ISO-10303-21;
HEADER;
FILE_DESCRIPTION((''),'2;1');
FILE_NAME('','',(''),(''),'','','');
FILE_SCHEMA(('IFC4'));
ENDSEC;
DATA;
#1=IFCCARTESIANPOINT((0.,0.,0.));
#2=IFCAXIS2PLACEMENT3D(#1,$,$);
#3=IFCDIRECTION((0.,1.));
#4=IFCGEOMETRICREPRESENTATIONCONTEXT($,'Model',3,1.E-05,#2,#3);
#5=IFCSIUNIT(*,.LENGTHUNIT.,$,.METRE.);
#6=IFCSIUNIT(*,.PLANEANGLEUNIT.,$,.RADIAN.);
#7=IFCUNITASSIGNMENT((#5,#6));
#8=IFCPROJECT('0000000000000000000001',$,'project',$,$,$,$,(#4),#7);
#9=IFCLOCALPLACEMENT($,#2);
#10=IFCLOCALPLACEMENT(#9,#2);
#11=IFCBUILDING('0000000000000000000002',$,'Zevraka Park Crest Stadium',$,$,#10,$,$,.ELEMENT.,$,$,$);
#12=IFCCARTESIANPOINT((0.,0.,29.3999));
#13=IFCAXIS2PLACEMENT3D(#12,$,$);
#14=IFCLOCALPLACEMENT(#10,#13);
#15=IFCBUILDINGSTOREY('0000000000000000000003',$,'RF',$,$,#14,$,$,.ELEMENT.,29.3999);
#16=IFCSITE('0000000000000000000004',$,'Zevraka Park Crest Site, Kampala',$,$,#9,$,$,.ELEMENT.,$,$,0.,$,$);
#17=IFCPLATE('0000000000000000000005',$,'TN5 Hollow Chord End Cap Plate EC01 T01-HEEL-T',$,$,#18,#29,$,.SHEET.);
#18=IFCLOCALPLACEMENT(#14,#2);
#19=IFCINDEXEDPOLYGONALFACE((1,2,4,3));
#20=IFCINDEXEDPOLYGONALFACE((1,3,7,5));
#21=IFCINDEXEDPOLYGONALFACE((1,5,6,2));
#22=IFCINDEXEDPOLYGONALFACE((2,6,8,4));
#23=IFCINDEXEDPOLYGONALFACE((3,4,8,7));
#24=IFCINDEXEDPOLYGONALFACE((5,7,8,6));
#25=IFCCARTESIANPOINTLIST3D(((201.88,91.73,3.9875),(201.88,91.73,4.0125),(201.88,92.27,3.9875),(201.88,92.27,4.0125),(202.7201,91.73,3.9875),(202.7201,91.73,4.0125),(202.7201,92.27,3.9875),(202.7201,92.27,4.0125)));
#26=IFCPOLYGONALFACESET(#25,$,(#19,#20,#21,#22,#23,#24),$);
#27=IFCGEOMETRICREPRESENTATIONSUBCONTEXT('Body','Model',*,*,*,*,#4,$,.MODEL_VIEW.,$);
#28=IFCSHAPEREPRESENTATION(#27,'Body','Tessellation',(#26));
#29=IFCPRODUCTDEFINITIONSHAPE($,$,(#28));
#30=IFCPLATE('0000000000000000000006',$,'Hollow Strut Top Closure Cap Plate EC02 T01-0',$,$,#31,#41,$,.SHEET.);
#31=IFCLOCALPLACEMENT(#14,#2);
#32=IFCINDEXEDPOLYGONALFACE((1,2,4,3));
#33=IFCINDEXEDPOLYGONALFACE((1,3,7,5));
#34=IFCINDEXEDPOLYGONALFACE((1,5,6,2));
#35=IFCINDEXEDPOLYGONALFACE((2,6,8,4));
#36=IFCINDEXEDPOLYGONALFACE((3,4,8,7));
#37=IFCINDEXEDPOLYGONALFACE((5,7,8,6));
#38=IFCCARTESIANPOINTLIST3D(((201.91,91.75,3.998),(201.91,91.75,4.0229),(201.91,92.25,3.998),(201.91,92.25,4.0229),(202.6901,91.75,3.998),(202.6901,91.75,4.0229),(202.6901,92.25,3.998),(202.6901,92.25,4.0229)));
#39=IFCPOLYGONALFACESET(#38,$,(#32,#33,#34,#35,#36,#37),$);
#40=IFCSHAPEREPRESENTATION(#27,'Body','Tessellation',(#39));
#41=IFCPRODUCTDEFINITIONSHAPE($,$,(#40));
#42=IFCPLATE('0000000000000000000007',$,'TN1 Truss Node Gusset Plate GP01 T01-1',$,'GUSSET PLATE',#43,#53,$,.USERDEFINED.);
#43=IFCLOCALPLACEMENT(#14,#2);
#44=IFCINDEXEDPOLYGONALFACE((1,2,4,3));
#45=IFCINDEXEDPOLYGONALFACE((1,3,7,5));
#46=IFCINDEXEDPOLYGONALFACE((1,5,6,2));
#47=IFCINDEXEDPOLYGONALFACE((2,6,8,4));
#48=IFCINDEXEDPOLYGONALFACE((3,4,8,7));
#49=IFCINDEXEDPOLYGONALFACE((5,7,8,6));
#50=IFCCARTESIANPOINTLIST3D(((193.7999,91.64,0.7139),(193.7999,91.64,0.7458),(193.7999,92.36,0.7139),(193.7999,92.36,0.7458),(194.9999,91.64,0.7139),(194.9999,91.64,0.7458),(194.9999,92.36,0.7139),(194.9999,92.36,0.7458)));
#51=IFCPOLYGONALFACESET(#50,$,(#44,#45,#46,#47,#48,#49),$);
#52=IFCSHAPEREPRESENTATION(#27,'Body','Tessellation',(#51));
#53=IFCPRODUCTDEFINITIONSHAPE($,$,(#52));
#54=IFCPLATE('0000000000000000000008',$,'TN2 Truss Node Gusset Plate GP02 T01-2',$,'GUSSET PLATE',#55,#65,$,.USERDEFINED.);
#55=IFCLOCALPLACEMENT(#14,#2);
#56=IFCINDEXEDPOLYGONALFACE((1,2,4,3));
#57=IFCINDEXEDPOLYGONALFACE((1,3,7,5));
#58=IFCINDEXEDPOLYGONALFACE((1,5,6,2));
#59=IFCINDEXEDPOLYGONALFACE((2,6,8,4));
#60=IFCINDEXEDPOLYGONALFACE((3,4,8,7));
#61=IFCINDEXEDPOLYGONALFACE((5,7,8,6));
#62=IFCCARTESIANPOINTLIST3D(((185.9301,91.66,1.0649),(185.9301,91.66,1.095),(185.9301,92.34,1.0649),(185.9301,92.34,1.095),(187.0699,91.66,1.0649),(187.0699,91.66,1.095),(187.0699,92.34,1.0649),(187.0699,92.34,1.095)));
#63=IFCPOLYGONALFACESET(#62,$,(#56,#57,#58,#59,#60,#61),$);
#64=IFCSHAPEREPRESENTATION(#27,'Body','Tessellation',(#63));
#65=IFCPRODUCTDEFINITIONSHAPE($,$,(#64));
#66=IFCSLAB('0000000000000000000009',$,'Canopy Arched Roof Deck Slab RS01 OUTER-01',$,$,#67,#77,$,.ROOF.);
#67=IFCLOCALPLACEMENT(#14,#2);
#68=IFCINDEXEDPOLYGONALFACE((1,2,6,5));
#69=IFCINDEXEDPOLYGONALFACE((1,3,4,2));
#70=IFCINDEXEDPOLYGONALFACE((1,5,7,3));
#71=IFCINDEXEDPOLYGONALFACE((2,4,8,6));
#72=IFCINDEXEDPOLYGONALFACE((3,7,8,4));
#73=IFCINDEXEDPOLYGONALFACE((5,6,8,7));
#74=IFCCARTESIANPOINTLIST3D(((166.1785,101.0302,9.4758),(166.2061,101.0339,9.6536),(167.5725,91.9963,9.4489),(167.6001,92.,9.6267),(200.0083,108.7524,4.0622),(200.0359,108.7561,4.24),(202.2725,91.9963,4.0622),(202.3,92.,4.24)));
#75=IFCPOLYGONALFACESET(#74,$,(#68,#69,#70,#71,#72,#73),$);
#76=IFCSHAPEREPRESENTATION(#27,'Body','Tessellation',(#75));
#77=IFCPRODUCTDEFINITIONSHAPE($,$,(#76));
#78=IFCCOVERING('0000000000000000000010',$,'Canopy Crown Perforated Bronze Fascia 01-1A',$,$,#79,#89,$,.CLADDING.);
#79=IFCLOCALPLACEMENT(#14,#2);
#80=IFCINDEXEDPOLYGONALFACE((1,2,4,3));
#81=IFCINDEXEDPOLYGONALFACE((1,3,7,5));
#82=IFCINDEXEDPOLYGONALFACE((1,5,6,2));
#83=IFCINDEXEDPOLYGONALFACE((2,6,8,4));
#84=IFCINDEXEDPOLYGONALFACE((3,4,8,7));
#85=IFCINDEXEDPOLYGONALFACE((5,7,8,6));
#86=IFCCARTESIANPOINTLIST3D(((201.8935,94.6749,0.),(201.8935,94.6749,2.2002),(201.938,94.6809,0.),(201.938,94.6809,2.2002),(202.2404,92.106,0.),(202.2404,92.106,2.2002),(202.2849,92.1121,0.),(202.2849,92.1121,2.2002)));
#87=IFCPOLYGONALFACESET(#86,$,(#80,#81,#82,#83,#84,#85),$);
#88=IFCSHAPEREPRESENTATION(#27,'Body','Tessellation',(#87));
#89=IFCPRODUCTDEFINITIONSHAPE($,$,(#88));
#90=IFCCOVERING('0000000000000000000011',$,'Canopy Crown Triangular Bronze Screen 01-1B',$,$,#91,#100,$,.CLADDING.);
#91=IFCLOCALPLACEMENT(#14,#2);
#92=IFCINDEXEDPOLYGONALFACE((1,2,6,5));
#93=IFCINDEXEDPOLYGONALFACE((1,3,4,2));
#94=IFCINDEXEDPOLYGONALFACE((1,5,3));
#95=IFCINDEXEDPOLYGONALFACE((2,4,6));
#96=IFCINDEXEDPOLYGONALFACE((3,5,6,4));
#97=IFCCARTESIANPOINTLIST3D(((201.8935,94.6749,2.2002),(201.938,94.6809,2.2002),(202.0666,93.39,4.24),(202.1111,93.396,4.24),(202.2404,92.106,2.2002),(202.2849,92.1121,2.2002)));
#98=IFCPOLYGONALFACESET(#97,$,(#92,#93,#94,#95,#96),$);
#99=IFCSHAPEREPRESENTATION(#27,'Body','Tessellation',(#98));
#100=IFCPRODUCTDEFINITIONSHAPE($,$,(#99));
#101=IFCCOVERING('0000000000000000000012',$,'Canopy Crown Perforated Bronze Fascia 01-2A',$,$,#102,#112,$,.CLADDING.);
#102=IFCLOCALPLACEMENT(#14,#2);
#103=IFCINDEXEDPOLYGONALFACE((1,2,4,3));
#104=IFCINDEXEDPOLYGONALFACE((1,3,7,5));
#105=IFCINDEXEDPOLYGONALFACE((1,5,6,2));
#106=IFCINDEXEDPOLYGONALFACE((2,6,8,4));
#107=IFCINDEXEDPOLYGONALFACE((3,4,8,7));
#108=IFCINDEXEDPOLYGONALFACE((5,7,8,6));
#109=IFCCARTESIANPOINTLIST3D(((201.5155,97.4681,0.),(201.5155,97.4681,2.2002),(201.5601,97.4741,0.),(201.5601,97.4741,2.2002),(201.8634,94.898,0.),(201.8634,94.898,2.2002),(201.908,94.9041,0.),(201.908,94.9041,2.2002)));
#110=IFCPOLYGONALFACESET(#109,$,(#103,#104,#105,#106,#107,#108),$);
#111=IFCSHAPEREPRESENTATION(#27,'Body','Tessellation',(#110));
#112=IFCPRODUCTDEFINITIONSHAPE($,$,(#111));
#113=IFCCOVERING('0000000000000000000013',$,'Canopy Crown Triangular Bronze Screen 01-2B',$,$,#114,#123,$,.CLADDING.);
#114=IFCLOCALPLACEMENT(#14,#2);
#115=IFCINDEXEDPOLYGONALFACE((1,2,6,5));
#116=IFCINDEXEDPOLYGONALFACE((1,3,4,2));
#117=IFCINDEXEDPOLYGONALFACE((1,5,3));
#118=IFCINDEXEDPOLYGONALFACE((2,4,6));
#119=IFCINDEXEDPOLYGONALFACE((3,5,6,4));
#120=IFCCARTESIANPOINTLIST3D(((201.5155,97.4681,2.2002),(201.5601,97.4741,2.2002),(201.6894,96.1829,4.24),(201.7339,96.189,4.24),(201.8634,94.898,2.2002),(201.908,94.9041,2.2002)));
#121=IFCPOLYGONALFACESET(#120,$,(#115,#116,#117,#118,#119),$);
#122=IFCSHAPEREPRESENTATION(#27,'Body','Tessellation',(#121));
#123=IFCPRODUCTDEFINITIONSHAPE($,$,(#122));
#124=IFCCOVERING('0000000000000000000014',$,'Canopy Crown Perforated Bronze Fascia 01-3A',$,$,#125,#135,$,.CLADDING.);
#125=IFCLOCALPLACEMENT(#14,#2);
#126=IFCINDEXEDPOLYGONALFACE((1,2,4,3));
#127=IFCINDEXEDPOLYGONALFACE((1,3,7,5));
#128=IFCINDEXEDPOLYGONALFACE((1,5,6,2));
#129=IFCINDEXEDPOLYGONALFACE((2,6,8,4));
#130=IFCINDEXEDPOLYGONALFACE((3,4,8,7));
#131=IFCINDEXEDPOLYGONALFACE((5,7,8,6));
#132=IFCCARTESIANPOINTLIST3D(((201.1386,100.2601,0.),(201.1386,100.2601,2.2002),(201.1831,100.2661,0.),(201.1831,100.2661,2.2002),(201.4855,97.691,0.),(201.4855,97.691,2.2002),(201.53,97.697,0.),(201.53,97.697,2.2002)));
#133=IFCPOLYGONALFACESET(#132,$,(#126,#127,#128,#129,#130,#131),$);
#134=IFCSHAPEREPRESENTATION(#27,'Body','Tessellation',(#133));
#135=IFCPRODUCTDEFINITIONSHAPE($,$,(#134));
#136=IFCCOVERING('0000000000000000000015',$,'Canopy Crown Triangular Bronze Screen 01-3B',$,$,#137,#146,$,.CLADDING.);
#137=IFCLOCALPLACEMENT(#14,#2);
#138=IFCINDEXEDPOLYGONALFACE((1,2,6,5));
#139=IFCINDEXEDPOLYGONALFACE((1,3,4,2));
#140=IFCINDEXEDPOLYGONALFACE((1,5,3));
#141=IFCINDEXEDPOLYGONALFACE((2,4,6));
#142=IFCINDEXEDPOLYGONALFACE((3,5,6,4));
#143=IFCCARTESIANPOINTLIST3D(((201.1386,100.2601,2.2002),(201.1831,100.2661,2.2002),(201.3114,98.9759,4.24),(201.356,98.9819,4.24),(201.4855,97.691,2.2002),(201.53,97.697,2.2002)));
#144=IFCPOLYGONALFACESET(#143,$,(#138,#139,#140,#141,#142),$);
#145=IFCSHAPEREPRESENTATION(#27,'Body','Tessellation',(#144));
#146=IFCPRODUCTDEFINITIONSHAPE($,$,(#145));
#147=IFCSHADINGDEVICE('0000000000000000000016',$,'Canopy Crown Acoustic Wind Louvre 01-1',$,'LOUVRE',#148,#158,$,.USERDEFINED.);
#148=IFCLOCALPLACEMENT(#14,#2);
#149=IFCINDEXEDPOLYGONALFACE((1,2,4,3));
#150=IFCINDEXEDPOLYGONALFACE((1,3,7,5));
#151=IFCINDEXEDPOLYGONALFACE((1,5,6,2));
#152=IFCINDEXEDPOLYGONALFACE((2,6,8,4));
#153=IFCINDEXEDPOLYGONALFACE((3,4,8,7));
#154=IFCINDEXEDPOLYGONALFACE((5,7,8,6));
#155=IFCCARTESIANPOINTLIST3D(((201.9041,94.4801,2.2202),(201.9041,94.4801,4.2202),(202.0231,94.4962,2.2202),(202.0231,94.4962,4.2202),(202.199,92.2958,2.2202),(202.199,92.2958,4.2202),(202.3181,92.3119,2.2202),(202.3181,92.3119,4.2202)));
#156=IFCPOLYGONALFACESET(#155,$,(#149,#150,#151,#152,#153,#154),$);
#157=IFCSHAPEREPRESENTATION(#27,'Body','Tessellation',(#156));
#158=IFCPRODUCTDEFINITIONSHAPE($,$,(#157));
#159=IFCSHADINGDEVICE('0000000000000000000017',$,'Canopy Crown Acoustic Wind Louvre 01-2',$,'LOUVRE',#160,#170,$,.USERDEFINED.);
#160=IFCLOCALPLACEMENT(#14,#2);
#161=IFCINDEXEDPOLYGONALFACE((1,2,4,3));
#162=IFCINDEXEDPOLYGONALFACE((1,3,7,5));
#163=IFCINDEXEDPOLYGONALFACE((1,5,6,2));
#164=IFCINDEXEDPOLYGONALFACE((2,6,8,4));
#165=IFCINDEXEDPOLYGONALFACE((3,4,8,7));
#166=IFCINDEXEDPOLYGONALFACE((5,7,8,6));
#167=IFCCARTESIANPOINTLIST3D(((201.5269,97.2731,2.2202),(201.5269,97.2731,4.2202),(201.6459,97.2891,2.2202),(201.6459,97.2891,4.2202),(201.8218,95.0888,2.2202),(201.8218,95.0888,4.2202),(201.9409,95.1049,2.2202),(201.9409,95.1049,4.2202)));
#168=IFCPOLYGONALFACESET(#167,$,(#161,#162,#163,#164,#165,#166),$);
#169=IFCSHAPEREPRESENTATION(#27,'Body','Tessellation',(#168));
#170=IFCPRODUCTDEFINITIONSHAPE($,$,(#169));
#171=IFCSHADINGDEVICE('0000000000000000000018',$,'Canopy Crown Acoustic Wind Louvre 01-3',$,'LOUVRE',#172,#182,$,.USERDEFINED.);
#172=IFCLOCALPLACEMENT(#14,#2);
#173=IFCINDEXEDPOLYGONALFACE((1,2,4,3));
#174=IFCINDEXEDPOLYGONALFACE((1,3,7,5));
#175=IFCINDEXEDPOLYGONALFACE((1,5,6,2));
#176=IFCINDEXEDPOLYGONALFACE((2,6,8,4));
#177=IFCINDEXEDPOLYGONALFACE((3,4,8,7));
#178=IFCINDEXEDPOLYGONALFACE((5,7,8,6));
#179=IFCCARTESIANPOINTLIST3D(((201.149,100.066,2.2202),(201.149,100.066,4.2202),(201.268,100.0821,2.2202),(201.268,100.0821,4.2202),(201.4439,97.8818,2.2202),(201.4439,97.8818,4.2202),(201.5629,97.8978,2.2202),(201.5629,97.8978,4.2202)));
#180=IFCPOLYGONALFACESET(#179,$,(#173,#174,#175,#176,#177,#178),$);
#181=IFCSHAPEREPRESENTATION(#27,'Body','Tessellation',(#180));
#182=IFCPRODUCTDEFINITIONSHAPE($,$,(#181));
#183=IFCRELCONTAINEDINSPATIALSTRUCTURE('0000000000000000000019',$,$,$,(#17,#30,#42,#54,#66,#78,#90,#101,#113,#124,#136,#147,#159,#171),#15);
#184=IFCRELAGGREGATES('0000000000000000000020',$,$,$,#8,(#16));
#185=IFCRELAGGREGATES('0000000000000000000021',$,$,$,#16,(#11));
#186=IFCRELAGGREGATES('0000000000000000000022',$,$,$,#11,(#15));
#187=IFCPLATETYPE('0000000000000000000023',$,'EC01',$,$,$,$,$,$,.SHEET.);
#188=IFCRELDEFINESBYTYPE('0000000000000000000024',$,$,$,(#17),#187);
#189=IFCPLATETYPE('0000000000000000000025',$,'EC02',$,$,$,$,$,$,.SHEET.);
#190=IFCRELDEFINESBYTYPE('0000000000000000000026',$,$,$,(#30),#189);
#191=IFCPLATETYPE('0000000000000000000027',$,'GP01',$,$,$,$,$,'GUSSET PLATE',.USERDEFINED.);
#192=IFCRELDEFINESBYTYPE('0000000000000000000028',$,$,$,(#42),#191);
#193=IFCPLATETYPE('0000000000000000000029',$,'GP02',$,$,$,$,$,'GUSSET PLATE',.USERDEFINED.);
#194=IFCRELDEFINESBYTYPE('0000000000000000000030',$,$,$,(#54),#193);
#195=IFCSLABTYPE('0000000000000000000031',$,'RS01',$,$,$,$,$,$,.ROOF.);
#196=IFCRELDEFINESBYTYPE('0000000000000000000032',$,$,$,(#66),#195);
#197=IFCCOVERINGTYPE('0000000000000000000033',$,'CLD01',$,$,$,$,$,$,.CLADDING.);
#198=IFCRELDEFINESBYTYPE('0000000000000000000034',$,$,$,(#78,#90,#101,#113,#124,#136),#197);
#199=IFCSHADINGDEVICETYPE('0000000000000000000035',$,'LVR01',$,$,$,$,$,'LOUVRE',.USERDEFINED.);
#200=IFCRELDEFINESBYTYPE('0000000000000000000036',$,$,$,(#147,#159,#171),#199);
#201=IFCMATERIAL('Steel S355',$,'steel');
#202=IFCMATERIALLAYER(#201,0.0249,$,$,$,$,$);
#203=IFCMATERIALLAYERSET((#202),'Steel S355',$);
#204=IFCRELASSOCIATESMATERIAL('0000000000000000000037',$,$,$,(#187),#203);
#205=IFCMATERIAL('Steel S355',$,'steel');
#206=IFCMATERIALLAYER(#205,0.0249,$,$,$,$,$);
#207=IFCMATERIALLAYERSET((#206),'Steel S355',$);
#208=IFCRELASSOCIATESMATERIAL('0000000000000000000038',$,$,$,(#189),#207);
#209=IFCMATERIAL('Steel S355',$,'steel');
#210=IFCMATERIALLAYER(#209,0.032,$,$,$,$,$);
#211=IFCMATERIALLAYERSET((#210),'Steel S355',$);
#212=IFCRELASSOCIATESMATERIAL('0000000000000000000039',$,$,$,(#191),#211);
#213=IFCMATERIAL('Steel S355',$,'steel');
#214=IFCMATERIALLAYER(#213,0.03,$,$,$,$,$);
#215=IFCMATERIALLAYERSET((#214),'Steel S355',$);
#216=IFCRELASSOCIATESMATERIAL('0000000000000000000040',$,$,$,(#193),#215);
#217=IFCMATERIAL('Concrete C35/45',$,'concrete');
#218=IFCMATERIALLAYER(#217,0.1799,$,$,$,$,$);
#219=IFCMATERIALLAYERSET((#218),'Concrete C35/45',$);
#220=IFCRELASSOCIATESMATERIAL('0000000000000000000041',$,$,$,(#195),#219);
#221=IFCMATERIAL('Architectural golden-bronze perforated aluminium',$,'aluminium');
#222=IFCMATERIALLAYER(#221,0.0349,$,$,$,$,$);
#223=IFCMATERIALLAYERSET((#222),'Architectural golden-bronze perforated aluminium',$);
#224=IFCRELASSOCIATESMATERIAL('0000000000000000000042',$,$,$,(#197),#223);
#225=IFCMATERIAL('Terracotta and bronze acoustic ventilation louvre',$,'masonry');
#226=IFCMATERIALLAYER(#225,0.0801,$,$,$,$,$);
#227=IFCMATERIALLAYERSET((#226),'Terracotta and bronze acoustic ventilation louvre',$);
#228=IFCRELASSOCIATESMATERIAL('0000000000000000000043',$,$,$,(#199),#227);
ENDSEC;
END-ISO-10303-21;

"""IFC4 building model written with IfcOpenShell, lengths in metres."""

from ifc_helpers import new_model, si_unit, direction, frame, origin, origin_2d, place, context, subcontext, project, spatial, polyline, rectangle, outline, extrude, material, layer, layer_set, type_object, element, save


model = new_model("IFC4")

# Units and contexts
model_context = context("Model", 3, precision=1e-05, world=origin(), true_north=direction((0.0, 1.0)))
body_context = subcontext(model_context, "Body", "Model", "MODEL_VIEW")
ifc_project = project(units=[si_unit("LENGTHUNIT", "METRE"), si_unit("PLANEANGLEUNIT", "RADIAN")], contexts=[model_context])

# Site, building, storey
site_placement = place(None, origin())
site = spatial("IfcSite", under=ifc_project, at=site_placement, Name="Zevraka Park Crest Site, Kampala", CompositionType="ELEMENT", RefElevation=0.0)
building_placement = place(site_placement, origin())
building = spatial("IfcBuilding", under=site, at=building_placement, Name="Zevraka Park Crest Stadium", CompositionType="ELEMENT")
storey_placement = place(building_placement, frame((0.0, 0.0, 29.3999)))
storey = spatial("IfcBuildingStorey", under=building, at=storey_placement, Name="RF", CompositionType="ELEMENT", Elevation=29.3999)

# Plates
ifc_material_1 = material(Name="Steel S355", Category="steel")
ifc_layer_1 = layer(ifc_material_1, 0.0249)
ifc_layer_set_1 = layer_set([ifc_layer_1], Name="Steel S355")
plate_type_1 = type_object("IfcPlateType", Name="EC01", PredefinedType="SHEET", material=ifc_layer_set_1)
for number, where, z_axis, x_axis, name in (
    (1, (202.3, 92.0, 3.9875), (0.0, 0.0, 1.0), (1.0, 0.0, 0.0), "TN5 Hollow Chord End Cap Plate EC01 T01-HEEL-T"),
):
    element("IfcPlate", number, at=place(storey_placement, frame(where, z_axis=z_axis, x_axis=x_axis)), inside=storey, type_object=plate_type_1, Name=name, PredefinedType="SHEET", context=body_context, shape_type="SweptSolid", body=[
        extrude(rectangle(XDim=0.8401, YDim=0.54, at=origin_2d()), origin(), (0.0, 0.0, 1.0), 0.0249),
    ])
ifc_material_2 = material(Name="Steel S355", Category="steel")
ifc_layer_2 = layer(ifc_material_2, 0.0249)
ifc_layer_set_2 = layer_set([ifc_layer_2], Name="Steel S355")
plate_type_2 = type_object("IfcPlateType", Name="EC02", PredefinedType="SHEET", material=ifc_layer_set_2)
plate_1_placement = place(storey_placement, frame((202.3, 92.0, 3.998), z_axis=(0.0, 0.0, 1.0), x_axis=(1.0, 0.0, 0.0)))
element("IfcPlate", 2, at=plate_1_placement, inside=storey, type_object=plate_type_2, Name="Hollow Strut Top Closure Cap Plate EC02 T01-0", PredefinedType="SHEET", context=body_context, shape_type="SweptSolid", body=[
    extrude(rectangle(XDim=0.78, YDim=0.5, at=origin_2d()), origin(), (0.0, 0.0, 1.0), 0.0249),
])
ifc_material_3 = material(Name="Steel S355", Category="steel")
ifc_layer_3 = layer(ifc_material_3, 0.032)
ifc_layer_set_3 = layer_set([ifc_layer_3], Name="Steel S355")
plate_type_3 = type_object("IfcPlateType", Name="GP01", ElementType="GUSSET PLATE", PredefinedType="USERDEFINED", material=ifc_layer_set_3)
plate_2_placement = place(storey_placement, frame((194.3999, 92.0, 0.7139), z_axis=(0.0, 0.0, 1.0), x_axis=(1.0, 0.0, 0.0)))
element("IfcPlate", 3, at=plate_2_placement, inside=storey, type_object=plate_type_3, Name="TN1 Truss Node Gusset Plate GP01 T01-1", ObjectType="GUSSET PLATE", PredefinedType="USERDEFINED", context=body_context, shape_type="SweptSolid", body=[
    extrude(rectangle(XDim=1.2, YDim=0.72, at=origin_2d()), origin(), (0.0, 0.0, 1.0), 0.032),
])
ifc_material_4 = material(Name="Steel S355", Category="steel")
ifc_layer_4 = layer(ifc_material_4, 0.03)
ifc_layer_set_4 = layer_set([ifc_layer_4], Name="Steel S355")
plate_type_4 = type_object("IfcPlateType", Name="GP02", ElementType="GUSSET PLATE", PredefinedType="USERDEFINED", material=ifc_layer_set_4)
plate_3_placement = place(storey_placement, frame((186.5, 92.0, 1.0649), z_axis=(0.0, 0.0, 1.0), x_axis=(1.0, 0.0, 0.0)))
element("IfcPlate", 4, at=plate_3_placement, inside=storey, type_object=plate_type_4, Name="TN2 Truss Node Gusset Plate GP02 T01-2", ObjectType="GUSSET PLATE", PredefinedType="USERDEFINED", context=body_context, shape_type="SweptSolid", body=[
    extrude(rectangle(XDim=1.1399, YDim=0.6799, at=origin_2d()), origin(), (0.0, 0.0, 1.0), 0.03),
])

# Slab
ifc_material_5 = material(Name="Concrete C35/45", Category="concrete")
ifc_layer_5 = layer(ifc_material_5, 0.1799)
ifc_layer_set_5 = layer_set([ifc_layer_5], Name="Concrete C35/45")
slab_type = type_object("IfcSlabType", Name="RS01", PredefinedType="ROOF", material=ifc_layer_set_5)
slab_placement = place(storey_placement, frame((202.3, 92.0, 4.24), z_axis=(0.153366, 0.020725, 0.987952), x_axis=(-0.133908, 0.990994, -0.000002)))
element("IfcSlab", 5, at=slab_placement, inside=storey, type_object=slab_type, Name="Canopy Arched Roof Deck Slab RS01 OUTER-01", PredefinedType="ROOF", context=body_context, shape_type="SweptSolid", body=[
    extrude(outline(polyline([(0.0, 0.0), (16.9084, 0.0), (13.7858, 34.9807), (4.6466, 34.8068), (0.0, 0.0)])), origin(), (0.0, 0.0, -1.0), 0.1799),
])

# Coverings
ifc_material_6 = material(Name="Architectural golden-bronze perforated aluminium", Category="aluminium")
ifc_layer_6 = layer(ifc_material_6, 0.0349)
ifc_layer_set_6 = layer_set([ifc_layer_6], Name="Architectural golden-bronze perforated aluminium")
covering_type_1 = type_object("IfcCoveringType", Name="CLD01", PredefinedType="CLADDING", material=ifc_layer_set_6)
covering_1_placement = place(storey_placement, frame((202.2849, 92.1121, 0.0), z_axis=(0.991004, 0.133835, 0.0), x_axis=(-0.133835, 0.991004, 0.0)))
element("IfcCovering", 6, at=covering_1_placement, inside=storey, type_object=covering_type_1, Name="Canopy Crown Perforated Bronze Fascia 01-1A", PredefinedType="CLADDING", context=body_context, shape_type="SweptSolid", body=[
    extrude(outline(polyline([(0.0, 0.0), (2.5922, 0.0), (2.5922, 2.2002), (0.0, 2.2002), (0.0, 0.0)])), origin(), (0.0, 0.0, -1.0), 0.0449),
])
covering_2_placement = place(storey_placement, frame((202.2849, 92.1121, 2.2002), z_axis=(0.991004, 0.133835, 0.00021), x_axis=(-0.133835, 0.991004, 0.0)))
element("IfcCovering", 7, at=covering_2_placement, inside=storey, type_object=covering_type_1, Name="Canopy Crown Triangular Bronze Screen 01-1B", PredefinedType="CLADDING", context=body_context, shape_type="SweptSolid", body=[
    extrude(outline(polyline([(0.0, 0.0), (2.5922, 0.0), (1.2956, 2.0398), (0.0, 0.0)])), origin(), (0.0, 0.0, -1.0), 0.0449),
])
covering_3_placement = place(storey_placement, frame((201.908, 94.9041, 0.0), z_axis=(0.990962, 0.134143, 0.0), x_axis=(-0.134143, 0.990962, 0.0)))
element("IfcCovering", 8, at=covering_3_placement, inside=storey, type_object=covering_type_1, Name="Canopy Crown Perforated Bronze Fascia 01-2A", PredefinedType="CLADDING", context=body_context, shape_type="SweptSolid", body=[
    extrude(outline(polyline([(0.0, 0.0), (2.5935, 0.0), (2.5935, 2.2002), (0.0, 2.2002), (0.0, 0.0)])), origin(), (0.0, 0.0, -1.0), 0.0449),
])
covering_4_placement = place(storey_placement, frame((201.908, 94.9041, 2.2002), z_axis=(0.990962, 0.134143, 0.000067), x_axis=(-0.134143, 0.990962, 0.0)))
element("IfcCovering", 9, at=covering_4_placement, inside=storey, type_object=covering_type_1, Name="Canopy Crown Triangular Bronze Screen 01-2B", PredefinedType="CLADDING", context=body_context, shape_type="SweptSolid", body=[
    extrude(outline(polyline([(0.0, 0.0), (2.5935, 0.0), (1.2966, 2.0398), (0.0, 0.0)])), origin(), (0.0, 0.0, -1.0), 0.0449),
])
covering_5_placement = place(storey_placement, frame((201.53, 97.697, 0.0), z_axis=(0.991005, 0.133823, 0.0), x_axis=(-0.133823, 0.991005, 0.0)))
element("IfcCovering", 10, at=covering_5_placement, inside=storey, type_object=covering_type_1, Name="Canopy Crown Perforated Bronze Fascia 01-3A", PredefinedType="CLADDING", context=body_context, shape_type="SweptSolid", body=[
    extrude(outline(polyline([(0.0, 0.0), (2.5924, 0.0), (2.5924, 2.2002), (0.0, 2.2002), (0.0, 0.0)])), origin(), (0.0, 0.0, -1.0), 0.0449),
])
covering_6_placement = place(storey_placement, frame((201.53, 97.697, 2.2002), z_axis=(0.991005, 0.133823, 0.000273), x_axis=(-0.133823, 0.991005, 0.0)))
element("IfcCovering", 11, at=covering_6_placement, inside=storey, type_object=covering_type_1, Name="Canopy Crown Triangular Bronze Screen 01-3B", PredefinedType="CLADDING", context=body_context, shape_type="SweptSolid", body=[
    extrude(outline(polyline([(0.0, 0.0), (2.5924, 0.0), (1.2966, 2.0398), (0.0, 0.0)])), origin(), (0.0, 0.0, -1.0), 0.0449),
])

# Shading devices
ifc_material_7 = material(Name="Terracotta and bronze acoustic ventilation louvre", Category="masonry")
ifc_layer_7 = layer(ifc_material_7, 0.0801)
ifc_layer_set_7 = layer_set([ifc_layer_7], Name="Terracotta and bronze acoustic ventilation louvre")
shading_device_type = type_object("IfcShadingDeviceType", Name="LVR01", ElementType="LOUVRE", PredefinedType="USERDEFINED", material=ifc_layer_set_7)
for number, where, z_axis, x_axis, name in (
    (12, (202.1111, 93.396, 2.2202), (0.0, 0.0, 1.0), (-0.133813, 0.991007, 0.0), "Canopy Crown Acoustic Wind Louvre 01-1"),
    (13, (201.7339, 96.189, 2.2202), (0.0, 0.0, 1.0), (-0.133813, 0.991007, 0.0), "Canopy Crown Acoustic Wind Louvre 01-2"),
    (14, (201.356, 98.9819, 2.2202), (0.0, 0.0, 1.0), (-0.133813, 0.991007, 0.0), "Canopy Crown Acoustic Wind Louvre 01-3"),
):
    element("IfcShadingDevice", number, at=place(storey_placement, frame(where, z_axis=z_axis, x_axis=x_axis)), inside=storey, type_object=shading_device_type, Name=name, ObjectType="LOUVRE", PredefinedType="USERDEFINED", context=body_context, shape_type="SweptSolid", body=[
        extrude(rectangle(XDim=2.2041, YDim=0.1201, at=origin_2d()), origin(), (0.0, 0.0, 1.0), 2.0),
    ])

save(model, "model.ifc")
